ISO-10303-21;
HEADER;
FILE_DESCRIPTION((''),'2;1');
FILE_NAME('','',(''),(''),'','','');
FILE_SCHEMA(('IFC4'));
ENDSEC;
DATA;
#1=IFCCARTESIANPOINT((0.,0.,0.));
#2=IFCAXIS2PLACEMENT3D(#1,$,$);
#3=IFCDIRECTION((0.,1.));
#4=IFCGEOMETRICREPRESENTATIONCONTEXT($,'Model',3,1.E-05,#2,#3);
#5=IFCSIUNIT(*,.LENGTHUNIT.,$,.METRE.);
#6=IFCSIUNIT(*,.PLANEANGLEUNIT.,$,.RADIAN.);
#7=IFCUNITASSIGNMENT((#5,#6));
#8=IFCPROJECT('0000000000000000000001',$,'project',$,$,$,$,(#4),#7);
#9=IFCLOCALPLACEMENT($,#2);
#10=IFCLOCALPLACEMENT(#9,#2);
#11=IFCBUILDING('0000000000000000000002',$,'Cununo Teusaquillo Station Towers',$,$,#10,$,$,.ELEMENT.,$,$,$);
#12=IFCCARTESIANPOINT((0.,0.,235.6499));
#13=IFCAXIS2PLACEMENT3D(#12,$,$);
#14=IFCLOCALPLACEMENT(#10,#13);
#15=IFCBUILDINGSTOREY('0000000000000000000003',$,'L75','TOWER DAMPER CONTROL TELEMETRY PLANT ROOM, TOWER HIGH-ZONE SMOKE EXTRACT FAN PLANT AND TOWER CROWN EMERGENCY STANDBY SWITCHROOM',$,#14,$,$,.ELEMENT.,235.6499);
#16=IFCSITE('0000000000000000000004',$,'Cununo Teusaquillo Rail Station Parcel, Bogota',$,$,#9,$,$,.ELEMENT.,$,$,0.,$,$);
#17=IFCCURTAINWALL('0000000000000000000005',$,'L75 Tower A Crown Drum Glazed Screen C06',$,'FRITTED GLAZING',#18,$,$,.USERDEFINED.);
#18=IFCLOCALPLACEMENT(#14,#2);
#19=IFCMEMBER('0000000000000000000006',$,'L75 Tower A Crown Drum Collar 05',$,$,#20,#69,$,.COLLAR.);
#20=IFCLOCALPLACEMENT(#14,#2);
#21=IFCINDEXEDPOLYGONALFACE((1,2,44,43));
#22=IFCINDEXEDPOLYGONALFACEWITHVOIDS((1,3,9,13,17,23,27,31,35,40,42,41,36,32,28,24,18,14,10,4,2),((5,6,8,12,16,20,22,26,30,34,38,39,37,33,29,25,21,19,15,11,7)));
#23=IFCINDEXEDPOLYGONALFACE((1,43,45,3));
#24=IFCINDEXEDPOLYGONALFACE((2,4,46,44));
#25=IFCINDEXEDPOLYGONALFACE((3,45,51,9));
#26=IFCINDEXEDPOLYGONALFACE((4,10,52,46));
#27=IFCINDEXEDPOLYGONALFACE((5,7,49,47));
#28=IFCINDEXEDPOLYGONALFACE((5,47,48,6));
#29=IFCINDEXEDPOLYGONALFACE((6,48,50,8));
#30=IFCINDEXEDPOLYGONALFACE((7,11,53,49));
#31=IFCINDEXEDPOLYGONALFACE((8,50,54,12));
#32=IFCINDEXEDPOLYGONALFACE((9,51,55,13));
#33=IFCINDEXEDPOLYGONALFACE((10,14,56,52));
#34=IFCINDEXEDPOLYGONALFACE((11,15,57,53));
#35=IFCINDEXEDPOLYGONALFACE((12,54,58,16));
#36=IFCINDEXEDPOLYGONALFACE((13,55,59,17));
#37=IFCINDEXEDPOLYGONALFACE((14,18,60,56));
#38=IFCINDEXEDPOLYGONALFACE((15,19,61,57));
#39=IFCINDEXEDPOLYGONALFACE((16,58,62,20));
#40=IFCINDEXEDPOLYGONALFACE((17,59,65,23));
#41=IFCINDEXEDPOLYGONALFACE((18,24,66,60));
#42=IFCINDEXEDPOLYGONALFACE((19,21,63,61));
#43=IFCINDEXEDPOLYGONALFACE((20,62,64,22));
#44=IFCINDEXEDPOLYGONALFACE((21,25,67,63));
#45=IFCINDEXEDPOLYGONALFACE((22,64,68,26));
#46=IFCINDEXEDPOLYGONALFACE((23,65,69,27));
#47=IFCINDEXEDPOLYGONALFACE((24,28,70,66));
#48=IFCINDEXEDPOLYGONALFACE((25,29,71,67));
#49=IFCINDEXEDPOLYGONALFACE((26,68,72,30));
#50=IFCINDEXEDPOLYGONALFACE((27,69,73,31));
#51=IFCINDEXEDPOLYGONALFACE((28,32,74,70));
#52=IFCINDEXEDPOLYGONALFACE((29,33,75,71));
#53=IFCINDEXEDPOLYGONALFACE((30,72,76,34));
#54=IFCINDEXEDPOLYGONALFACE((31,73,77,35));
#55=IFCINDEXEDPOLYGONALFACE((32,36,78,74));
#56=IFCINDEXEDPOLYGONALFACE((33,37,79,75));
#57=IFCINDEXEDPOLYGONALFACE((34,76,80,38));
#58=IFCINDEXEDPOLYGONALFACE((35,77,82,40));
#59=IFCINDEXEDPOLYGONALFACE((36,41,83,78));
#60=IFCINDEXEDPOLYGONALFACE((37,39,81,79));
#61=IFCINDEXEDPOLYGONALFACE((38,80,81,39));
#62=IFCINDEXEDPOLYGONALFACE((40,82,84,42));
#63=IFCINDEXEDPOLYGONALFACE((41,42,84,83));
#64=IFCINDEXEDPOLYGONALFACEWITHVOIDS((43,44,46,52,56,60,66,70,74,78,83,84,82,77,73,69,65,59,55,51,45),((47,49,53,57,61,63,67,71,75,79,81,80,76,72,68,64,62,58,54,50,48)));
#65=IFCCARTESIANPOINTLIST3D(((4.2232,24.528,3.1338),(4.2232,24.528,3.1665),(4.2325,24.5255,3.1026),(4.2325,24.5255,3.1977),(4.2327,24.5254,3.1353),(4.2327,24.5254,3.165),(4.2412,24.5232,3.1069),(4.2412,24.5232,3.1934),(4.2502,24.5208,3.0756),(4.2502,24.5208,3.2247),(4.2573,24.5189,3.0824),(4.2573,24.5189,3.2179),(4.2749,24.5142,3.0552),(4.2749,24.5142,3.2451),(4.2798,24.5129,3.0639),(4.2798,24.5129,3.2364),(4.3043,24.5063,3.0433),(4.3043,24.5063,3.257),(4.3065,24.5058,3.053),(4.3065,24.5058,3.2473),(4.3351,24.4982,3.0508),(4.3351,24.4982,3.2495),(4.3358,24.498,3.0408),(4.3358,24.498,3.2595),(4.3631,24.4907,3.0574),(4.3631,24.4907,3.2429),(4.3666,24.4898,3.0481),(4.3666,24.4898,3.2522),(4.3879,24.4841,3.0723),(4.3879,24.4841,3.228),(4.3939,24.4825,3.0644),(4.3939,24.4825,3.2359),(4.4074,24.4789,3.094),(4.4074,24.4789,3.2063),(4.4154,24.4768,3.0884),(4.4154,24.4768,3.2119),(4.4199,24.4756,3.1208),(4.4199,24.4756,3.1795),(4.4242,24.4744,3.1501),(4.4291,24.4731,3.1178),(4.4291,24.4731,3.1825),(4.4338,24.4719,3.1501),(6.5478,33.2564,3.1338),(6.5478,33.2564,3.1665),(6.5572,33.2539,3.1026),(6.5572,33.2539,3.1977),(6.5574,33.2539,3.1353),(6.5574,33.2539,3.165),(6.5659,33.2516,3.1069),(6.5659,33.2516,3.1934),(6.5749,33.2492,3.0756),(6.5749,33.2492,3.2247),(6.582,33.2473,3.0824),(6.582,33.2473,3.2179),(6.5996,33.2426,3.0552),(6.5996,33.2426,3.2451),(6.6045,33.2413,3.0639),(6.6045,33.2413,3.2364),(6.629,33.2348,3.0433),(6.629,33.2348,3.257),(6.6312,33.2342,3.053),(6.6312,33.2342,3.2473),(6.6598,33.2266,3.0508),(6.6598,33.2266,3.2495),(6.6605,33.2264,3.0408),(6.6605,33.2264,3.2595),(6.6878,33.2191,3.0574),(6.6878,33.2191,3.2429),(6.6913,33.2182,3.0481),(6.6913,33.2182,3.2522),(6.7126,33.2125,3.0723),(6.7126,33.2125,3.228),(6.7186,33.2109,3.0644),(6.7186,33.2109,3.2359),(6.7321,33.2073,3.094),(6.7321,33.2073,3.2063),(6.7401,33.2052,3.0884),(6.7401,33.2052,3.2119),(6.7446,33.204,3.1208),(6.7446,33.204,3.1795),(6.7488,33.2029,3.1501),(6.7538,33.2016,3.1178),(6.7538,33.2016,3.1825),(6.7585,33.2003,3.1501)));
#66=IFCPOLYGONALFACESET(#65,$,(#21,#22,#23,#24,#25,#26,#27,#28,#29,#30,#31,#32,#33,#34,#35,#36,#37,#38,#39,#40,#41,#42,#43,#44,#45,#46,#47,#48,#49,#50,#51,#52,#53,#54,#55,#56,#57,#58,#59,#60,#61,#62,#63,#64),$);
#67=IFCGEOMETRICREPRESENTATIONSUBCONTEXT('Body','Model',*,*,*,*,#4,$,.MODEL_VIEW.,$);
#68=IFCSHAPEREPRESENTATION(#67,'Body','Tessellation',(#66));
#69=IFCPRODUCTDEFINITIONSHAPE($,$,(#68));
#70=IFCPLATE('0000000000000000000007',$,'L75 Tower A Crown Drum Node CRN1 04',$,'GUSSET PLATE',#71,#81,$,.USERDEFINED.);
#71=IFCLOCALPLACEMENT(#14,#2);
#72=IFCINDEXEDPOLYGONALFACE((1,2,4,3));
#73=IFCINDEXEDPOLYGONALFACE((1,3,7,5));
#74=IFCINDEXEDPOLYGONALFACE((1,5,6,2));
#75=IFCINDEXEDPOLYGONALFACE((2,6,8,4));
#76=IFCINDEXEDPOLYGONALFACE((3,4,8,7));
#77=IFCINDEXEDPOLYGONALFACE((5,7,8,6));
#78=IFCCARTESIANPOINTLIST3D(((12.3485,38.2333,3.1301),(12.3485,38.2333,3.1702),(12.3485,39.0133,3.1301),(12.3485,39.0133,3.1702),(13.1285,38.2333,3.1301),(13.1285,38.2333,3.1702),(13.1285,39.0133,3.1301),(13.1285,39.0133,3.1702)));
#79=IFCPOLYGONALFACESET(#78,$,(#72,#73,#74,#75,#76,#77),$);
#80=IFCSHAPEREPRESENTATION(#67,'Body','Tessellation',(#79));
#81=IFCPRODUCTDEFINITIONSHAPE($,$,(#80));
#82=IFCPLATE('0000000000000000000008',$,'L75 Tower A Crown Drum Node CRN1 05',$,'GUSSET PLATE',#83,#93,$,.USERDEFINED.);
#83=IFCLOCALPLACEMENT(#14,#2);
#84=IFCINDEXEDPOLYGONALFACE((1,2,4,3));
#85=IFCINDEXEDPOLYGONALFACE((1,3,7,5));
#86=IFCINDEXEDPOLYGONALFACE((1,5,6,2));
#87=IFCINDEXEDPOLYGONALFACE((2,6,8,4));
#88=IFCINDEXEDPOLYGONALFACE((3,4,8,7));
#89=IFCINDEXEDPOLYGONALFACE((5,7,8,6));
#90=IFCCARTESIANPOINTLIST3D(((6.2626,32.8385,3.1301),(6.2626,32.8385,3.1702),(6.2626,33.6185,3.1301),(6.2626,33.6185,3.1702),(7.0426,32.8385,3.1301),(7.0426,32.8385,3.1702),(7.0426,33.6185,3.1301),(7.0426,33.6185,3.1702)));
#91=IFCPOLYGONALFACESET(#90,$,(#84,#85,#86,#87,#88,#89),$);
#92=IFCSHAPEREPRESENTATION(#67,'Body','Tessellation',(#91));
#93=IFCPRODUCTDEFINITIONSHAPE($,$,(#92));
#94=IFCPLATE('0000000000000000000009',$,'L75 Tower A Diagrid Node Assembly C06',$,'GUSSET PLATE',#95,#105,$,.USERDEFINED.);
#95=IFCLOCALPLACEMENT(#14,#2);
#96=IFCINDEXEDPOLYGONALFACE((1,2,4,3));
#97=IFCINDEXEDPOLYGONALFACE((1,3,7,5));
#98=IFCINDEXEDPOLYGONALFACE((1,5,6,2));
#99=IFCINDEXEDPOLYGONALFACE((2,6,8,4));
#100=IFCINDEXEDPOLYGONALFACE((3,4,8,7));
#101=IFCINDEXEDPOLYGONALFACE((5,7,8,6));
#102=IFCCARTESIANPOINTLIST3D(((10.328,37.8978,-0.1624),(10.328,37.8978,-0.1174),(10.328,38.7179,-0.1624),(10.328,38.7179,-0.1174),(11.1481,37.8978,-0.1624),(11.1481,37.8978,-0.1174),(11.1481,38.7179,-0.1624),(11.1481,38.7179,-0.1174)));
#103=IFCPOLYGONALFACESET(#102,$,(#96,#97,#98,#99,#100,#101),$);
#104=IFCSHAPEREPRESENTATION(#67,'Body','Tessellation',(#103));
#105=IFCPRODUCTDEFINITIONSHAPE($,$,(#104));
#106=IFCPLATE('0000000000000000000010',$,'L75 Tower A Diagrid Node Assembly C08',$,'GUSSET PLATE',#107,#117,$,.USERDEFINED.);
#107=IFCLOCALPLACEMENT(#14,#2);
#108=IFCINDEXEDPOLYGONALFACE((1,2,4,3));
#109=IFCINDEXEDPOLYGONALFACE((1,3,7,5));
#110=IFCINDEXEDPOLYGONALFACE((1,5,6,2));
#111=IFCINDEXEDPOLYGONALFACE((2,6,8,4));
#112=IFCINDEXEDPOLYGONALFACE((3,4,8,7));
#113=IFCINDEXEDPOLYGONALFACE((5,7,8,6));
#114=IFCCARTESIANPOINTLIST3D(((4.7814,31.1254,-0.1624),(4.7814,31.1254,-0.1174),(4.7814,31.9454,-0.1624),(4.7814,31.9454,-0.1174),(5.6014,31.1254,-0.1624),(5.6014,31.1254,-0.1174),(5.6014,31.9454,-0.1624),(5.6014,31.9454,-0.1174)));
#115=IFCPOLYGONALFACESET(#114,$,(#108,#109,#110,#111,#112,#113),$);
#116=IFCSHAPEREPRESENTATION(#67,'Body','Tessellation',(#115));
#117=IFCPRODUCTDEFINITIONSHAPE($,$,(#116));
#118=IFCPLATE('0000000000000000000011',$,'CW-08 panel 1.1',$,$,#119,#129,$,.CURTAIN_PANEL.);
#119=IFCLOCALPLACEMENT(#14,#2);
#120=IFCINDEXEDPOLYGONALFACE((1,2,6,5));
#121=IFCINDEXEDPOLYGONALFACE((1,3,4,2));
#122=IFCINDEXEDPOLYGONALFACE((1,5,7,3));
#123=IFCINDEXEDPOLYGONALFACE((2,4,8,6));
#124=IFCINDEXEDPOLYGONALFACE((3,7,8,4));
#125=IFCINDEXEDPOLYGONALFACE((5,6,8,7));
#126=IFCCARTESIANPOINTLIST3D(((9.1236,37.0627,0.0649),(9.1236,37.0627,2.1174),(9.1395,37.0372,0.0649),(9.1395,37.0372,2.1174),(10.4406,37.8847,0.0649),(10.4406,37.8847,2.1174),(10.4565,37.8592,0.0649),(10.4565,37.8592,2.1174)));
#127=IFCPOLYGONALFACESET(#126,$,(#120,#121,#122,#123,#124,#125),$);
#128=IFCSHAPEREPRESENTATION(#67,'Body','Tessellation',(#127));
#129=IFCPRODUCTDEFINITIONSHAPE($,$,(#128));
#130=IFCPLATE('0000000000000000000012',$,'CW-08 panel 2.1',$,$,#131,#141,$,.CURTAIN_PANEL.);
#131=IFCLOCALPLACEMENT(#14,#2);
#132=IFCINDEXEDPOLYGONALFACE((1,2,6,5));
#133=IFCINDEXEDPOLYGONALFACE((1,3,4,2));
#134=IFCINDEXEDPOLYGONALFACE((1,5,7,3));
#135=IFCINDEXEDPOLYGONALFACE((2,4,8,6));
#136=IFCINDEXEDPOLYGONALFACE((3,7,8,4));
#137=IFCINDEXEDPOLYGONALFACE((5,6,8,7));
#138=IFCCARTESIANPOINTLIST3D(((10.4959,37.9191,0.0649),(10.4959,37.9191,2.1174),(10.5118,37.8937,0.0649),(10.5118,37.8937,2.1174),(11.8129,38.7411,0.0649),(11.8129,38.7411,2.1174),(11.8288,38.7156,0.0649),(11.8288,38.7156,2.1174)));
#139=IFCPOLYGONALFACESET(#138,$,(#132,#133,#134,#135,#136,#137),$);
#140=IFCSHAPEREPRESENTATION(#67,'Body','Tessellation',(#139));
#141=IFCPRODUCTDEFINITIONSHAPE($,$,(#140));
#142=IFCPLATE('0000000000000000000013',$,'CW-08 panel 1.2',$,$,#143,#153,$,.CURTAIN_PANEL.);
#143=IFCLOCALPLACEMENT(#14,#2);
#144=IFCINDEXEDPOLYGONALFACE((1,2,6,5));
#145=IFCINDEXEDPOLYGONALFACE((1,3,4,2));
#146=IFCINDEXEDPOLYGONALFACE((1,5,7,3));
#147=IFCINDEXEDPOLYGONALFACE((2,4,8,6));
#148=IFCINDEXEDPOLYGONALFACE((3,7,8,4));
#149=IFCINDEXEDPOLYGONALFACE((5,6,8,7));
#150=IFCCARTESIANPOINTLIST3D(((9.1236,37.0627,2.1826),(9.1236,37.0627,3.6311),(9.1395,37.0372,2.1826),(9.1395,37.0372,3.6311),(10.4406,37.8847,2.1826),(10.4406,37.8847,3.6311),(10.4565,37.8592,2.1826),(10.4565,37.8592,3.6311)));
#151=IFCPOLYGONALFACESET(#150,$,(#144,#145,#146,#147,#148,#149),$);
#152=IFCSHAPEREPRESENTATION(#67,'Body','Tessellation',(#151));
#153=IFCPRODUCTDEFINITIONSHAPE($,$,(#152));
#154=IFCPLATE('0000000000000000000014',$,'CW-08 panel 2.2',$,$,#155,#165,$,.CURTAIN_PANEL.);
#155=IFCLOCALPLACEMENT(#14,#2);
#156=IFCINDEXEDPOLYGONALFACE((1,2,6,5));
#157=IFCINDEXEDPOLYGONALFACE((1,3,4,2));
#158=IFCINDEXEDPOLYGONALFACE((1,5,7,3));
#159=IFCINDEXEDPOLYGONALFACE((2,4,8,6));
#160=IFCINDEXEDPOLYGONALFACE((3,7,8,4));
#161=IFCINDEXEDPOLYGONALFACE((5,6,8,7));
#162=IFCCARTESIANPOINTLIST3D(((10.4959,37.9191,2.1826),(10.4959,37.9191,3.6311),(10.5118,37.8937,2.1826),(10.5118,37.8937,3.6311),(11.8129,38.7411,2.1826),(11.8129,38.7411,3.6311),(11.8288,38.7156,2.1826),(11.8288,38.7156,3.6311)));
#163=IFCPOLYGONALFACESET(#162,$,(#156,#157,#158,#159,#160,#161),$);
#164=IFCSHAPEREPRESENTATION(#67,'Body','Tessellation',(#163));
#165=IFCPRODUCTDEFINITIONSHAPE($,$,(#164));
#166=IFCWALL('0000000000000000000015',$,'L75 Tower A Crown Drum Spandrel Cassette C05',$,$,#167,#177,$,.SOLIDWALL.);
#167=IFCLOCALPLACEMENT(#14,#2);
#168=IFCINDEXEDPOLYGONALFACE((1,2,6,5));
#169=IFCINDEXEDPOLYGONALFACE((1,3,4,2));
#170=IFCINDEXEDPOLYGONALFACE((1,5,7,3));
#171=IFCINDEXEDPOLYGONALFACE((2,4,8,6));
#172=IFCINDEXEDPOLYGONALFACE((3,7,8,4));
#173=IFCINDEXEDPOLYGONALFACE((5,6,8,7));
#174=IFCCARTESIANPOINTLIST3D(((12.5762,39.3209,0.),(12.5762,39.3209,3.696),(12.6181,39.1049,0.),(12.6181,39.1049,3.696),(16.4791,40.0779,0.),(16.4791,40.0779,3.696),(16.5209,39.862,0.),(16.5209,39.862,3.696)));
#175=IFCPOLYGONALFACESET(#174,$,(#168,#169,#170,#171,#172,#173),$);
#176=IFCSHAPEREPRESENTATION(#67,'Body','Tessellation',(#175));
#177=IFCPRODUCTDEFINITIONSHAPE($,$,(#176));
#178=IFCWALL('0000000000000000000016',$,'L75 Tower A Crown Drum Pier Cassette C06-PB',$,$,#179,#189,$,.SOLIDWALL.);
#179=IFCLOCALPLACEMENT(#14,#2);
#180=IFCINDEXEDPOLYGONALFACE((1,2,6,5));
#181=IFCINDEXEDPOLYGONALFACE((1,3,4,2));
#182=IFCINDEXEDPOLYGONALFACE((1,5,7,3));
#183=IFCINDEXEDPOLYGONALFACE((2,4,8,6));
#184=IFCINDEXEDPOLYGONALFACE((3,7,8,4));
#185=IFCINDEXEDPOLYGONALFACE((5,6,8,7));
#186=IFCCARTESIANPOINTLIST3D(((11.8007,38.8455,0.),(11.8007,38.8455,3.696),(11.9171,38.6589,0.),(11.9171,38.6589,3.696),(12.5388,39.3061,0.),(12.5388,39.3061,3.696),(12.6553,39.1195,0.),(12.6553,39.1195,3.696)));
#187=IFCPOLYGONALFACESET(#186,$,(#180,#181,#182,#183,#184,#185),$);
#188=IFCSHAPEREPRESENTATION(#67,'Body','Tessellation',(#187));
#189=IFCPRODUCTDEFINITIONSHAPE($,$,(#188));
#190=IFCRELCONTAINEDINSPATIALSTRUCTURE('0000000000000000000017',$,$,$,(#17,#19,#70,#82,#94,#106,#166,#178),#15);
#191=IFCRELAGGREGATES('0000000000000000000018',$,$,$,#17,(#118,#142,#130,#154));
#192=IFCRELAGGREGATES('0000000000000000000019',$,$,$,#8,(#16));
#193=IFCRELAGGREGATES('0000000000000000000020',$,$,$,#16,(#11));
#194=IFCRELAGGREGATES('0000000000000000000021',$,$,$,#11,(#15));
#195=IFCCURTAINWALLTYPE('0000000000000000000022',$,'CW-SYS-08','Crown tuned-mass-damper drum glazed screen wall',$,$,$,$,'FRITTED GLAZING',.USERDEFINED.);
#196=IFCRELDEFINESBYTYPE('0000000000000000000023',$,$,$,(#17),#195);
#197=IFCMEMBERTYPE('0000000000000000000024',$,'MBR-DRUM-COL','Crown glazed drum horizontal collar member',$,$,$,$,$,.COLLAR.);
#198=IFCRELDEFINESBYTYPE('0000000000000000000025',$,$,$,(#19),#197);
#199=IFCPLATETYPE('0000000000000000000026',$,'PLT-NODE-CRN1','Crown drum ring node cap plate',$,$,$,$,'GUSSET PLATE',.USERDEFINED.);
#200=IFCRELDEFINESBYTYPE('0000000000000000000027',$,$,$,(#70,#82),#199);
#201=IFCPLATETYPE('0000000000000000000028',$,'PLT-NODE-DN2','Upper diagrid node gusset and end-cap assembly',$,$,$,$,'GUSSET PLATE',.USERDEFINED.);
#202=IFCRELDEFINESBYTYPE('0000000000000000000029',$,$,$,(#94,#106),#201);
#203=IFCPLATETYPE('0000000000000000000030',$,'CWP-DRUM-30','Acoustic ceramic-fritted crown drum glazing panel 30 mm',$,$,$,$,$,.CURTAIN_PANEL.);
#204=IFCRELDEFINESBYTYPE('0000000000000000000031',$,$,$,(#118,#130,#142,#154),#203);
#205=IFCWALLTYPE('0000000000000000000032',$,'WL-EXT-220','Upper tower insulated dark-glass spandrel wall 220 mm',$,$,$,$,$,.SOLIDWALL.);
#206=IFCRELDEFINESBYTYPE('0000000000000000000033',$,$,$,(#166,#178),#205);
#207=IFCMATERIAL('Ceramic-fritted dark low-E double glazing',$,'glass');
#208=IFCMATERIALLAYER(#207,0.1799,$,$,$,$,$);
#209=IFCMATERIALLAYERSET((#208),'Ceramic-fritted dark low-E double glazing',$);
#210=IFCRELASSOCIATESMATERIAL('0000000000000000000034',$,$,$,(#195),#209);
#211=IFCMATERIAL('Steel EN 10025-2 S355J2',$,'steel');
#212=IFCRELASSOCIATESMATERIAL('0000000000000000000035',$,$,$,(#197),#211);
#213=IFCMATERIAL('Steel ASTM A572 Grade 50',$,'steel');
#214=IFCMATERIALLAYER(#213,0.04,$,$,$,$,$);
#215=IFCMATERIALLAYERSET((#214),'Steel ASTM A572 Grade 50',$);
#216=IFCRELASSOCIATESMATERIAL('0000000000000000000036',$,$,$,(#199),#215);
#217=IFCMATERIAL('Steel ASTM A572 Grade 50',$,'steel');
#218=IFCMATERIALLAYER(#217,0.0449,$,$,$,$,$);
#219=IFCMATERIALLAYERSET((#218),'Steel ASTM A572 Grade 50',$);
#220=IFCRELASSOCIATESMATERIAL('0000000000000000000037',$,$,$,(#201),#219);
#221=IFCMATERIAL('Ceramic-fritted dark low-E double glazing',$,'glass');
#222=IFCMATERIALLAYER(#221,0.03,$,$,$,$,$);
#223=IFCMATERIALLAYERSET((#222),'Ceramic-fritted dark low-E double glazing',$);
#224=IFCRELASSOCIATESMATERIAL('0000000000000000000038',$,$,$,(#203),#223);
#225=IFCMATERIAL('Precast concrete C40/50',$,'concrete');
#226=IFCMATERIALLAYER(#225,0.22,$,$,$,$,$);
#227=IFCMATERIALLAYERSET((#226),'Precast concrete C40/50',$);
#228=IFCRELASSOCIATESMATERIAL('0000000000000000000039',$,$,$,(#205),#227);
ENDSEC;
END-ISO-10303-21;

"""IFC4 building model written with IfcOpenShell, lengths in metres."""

from ifc_helpers import new_model, si_unit, direction, frame, frame_2d, origin, origin_2d, place, context, subcontext, project, spatial, rectangle, hollow_circle, extrude, source, transform, mapped, material, layer, layer_set, material_profile, profile_set, type_object, element, aggregate, save


model = new_model("IFC4")

# Units and contexts
model_context = context("Model", 3, precision=1e-05, world=origin(), true_north=direction((0.0, 1.0)))
body_context = subcontext(model_context, "Body", "Model", "MODEL_VIEW")
ifc_project = project(units=[si_unit("LENGTHUNIT", "METRE"), si_unit("PLANEANGLEUNIT", "RADIAN")], contexts=[model_context])

# Site, building, storey
site_placement = place(None, origin())
site = spatial("IfcSite", under=ifc_project, at=site_placement, Name="Cununo Teusaquillo Rail Station Parcel, Bogota", CompositionType="ELEMENT", RefElevation=0.0)
building_placement = place(site_placement, origin())
building = spatial("IfcBuilding", under=site, at=building_placement, Name="Cununo Teusaquillo Station Towers", CompositionType="ELEMENT")
storey_placement = place(building_placement, frame((0.0, 0.0, 235.6499)))
storey = spatial("IfcBuildingStorey", under=building, at=storey_placement, Name="L75", Description="TOWER DAMPER CONTROL TELEMETRY PLANT ROOM, TOWER HIGH-ZONE SMOKE EXTRACT FAN PLANT AND TOWER CROWN EMERGENCY STANDBY SWITCHROOM", CompositionType="ELEMENT", Elevation=235.6499)

# Curtain wall
ifc_material_1 = material(Name="Ceramic-fritted dark low-E double glazing", Category="glass")
ifc_layer_1 = layer(ifc_material_1, 0.1799)
ifc_layer_set_1 = layer_set([ifc_layer_1], Name="Ceramic-fritted dark low-E double glazing")
curtain_wall_type = type_object("IfcCurtainWallType", Name="CW-SYS-08", Description="Crown tuned-mass-damper drum glazed screen wall", ElementType="FRITTED GLAZING", PredefinedType="USERDEFINED", material=ifc_layer_set_1)
curtain_wall_placement = place(storey_placement, origin())
curtain_wall = element("IfcCurtainWall", 1, at=curtain_wall_placement, inside=storey, type_object=curtain_wall_type, Name="L75 Tower A Crown Drum Glazed Screen C06", ObjectType="FRITTED GLAZING", PredefinedType="USERDEFINED")

# Member
ifc_material_2 = material(Name="Steel EN 10025-2 S355J2", Category="steel")
ifc_material_profile_1 = material_profile(ifc_material_2, hollow_circle(Radius=0.1096, WallThickness=0.01, at=origin_2d()), Name="CHS 219x10")
ifc_profile_set_1 = profile_set([ifc_material_profile_1], Name="Steel EN 10025-2 S355J2")
member_type_1 = type_object("IfcMemberType", Name="MBR-DRUM-COL", Description="Crown glazed drum horizontal collar member", PredefinedType="COLLAR", material=ifc_profile_set_1)
member_1_placement = place(storey_placement, frame((6.6526, 33.2285, 3.1501), z_axis=(-0.257363, -0.966315, 0.0), x_axis=(0.966315, -0.257363, 0.0)))
element("IfcMember", 2, at=member_1_placement, inside=storey, type_object=member_type_1, Name="L75 Tower A Crown Drum Collar 05", PredefinedType="COLLAR", context=body_context, shape_type="SweptSolid", body=[
    extrude(hollow_circle(Radius=0.1096, WallThickness=0.01, at=origin_2d()), origin(), (0.0, 0.0, 1.0), 9.0327),
])

# Plates
ifc_material_3 = material(Name="Steel ASTM A572 Grade 50", Category="steel")
ifc_layer_2 = layer(ifc_material_3, 0.04)
ifc_layer_set_2 = layer_set([ifc_layer_2], Name="Steel ASTM A572 Grade 50")
plate_type_1 = type_object("IfcPlateType", Name="PLT-NODE-CRN1", Description="Crown drum ring node cap plate", ElementType="GUSSET PLATE", PredefinedType="USERDEFINED", material=ifc_layer_set_2)
shared_shape_1 = source(origin(), body_context, "Body", "SweptSolid", [
    extrude(rectangle(XDim=0.78, YDim=0.78, at=origin_2d()), origin(), (0.0, 0.0, 1.0), 0.04),
])
for number, where, z_axis, x_axis, name in (
    (3, (12.7385, 38.6233, 3.1301), (0.0, 0.0, 1.0), (1.0, 0.0, 0.0), "L75 Tower A Crown Drum Node CRN1 04"),
    (4, (6.6526, 33.2285, 3.1301), (0.0, 0.0, 1.0), (1.0, 0.0, 0.0), "L75 Tower A Crown Drum Node CRN1 05"),
):
    element("IfcPlate", number, at=place(storey_placement, frame(where, z_axis=z_axis, x_axis=x_axis)), inside=storey, type_object=plate_type_1, Name=name, ObjectType="GUSSET PLATE", PredefinedType="USERDEFINED", context=body_context, shape_type="MappedRepresentation", body=[
        mapped(shared_shape_1, transform((0.0, 0.0, 0.0), x_axis=(1.0, 0.0, 0.0), y_axis=(0.0, 1.0, 0.0), z_axis=(0.0, 0.0, 1.0), scale=1.0)),
    ])
ifc_material_4 = material(Name="Steel ASTM A572 Grade 50", Category="steel")
ifc_layer_3 = layer(ifc_material_4, 0.0449)
ifc_layer_set_3 = layer_set([ifc_layer_3], Name="Steel ASTM A572 Grade 50")
plate_type_2 = type_object("IfcPlateType", Name="PLT-NODE-DN2", Description="Upper diagrid node gusset and end-cap assembly", ElementType="GUSSET PLATE", PredefinedType="USERDEFINED", material=ifc_layer_set_3)
shared_shape_2 = source(origin(), body_context, "Body", "SweptSolid", [
    extrude(rectangle(XDim=0.8201, YDim=0.8201, at=origin_2d()), origin(), (0.0, 0.0, 1.0), 0.0449),
])
for number, where, z_axis, x_axis, name in (
    (5, (10.738, 38.3079, -0.1624), (0.0, 0.0, 1.0), (1.0, 0.0, 0.0), "L75 Tower A Diagrid Node Assembly C06"),
    (6, (5.1914, 31.5354, -0.1624), (0.0, 0.0, 1.0), (1.0, 0.0, 0.0), "L75 Tower A Diagrid Node Assembly C08"),
):
    element("IfcPlate", number, at=place(storey_placement, frame(where, z_axis=z_axis, x_axis=x_axis)), inside=storey, type_object=plate_type_2, Name=name, ObjectType="GUSSET PLATE", PredefinedType="USERDEFINED", context=body_context, shape_type="MappedRepresentation", body=[
        mapped(shared_shape_2, transform((0.0, 0.0, 0.0), x_axis=(1.0, 0.0, 0.0), y_axis=(0.0, 1.0, 0.0), z_axis=(0.0, 0.0, 1.0), scale=1.0)),
    ])

# Plates
ifc_material_5 = material(Name="Ceramic-fritted dark low-E double glazing", Category="glass")
ifc_layer_4 = layer(ifc_material_5, 0.03)
ifc_layer_set_4 = layer_set([ifc_layer_4], Name="Ceramic-fritted dark low-E double glazing")
plate_type_3 = type_object("IfcPlateType", Name="CWP-DRUM-30", Description="Acoustic ceramic-fritted crown drum glazing panel 30 mm", PredefinedType="CURTAIN_PANEL", material=ifc_layer_set_4)
shared_shape_3 = source(origin(), body_context, "Body", "SweptSolid", [
    extrude(rectangle(XDim=1.5525, YDim=0.03, at=origin_2d()), origin(), (0.0, 0.0, 1.0), 2.0525),
])
plate_1_placement = place(storey_placement, frame((9.79, 37.4609, 0.0649), z_axis=(0.0, 0.0, 1.0), x_axis=(0.84834, 0.529451, 0.0)))
plate_1 = element("IfcPlate", 7, at=plate_1_placement, type_object=plate_type_3, Name="CW-08 panel 1.1", PredefinedType="CURTAIN_PANEL", context=body_context, shape_type="MappedRepresentation", body=[
    mapped(shared_shape_3, transform((0.0, 0.0, 0.0), x_axis=(1.0, 0.0, 0.0), y_axis=(0.0, 1.0, 0.0), z_axis=(0.0, 0.0, 1.0), scale=1.0)),
])
plate_2_placement = place(storey_placement, frame((11.1624, 38.3174, 0.0649), z_axis=(0.0, 0.0, 1.0), x_axis=(0.84834, 0.529451, 0.0)))
plate_2 = element("IfcPlate", 8, at=plate_2_placement, type_object=plate_type_3, Name="CW-08 panel 2.1", PredefinedType="CURTAIN_PANEL", context=body_context, shape_type="MappedRepresentation", body=[
    mapped(shared_shape_3, transform((0.0, 0.0, 0.0), x_axis=(1.0, 0.0, 0.0), y_axis=(0.0, 1.0, 0.0), z_axis=(0.0, 0.0, 1.0), scale=1.0)),
])
shared_shape_4 = source(origin(), body_context, "Body", "SweptSolid", [
    extrude(rectangle(XDim=1.5525, YDim=0.03, at=origin_2d()), origin(), (0.0, 0.0, 1.0), 1.4485),
])
plate_3_placement = place(storey_placement, frame((9.79, 37.4609, 2.1826), z_axis=(0.0, 0.0, 1.0), x_axis=(0.84834, 0.529451, 0.0)))
plate_3 = element("IfcPlate", 9, at=plate_3_placement, type_object=plate_type_3, Name="CW-08 panel 1.2", PredefinedType="CURTAIN_PANEL", context=body_context, shape_type="MappedRepresentation", body=[
    mapped(shared_shape_4, transform((0.0, 0.0, 0.0), x_axis=(1.0, 0.0, 0.0), y_axis=(0.0, 1.0, 0.0), z_axis=(0.0, 0.0, 1.0), scale=1.0)),
])
plate_4_placement = place(storey_placement, frame((11.1624, 38.3174, 2.1826), z_axis=(0.0, 0.0, 1.0), x_axis=(0.84834, 0.529451, 0.0)))
plate_4 = element("IfcPlate", 10, at=plate_4_placement, type_object=plate_type_3, Name="CW-08 panel 2.2", PredefinedType="CURTAIN_PANEL", context=body_context, shape_type="MappedRepresentation", body=[
    mapped(shared_shape_4, transform((0.0, 0.0, 0.0), x_axis=(1.0, 0.0, 0.0), y_axis=(0.0, 1.0, 0.0), z_axis=(0.0, 0.0, 1.0), scale=1.0)),
])
aggregate(curtain_wall, [plate_1, plate_3, plate_2, plate_4])

# Walls
ifc_material_6 = material(Name="Precast concrete C40/50", Category="concrete")
ifc_layer_5 = layer(ifc_material_6, 0.22)
ifc_layer_set_5 = layer_set([ifc_layer_5], Name="Precast concrete C40/50")
wall_type = type_object("IfcWallType", Name="WL-EXT-220", Description="Upper tower insulated dark-glass spandrel wall 220 mm", PredefinedType="SOLIDWALL", material=ifc_layer_set_5)
wall_1_placement = place(storey_placement, frame((12.5972, 39.2129, 0.0), z_axis=(0.0, 0.0, 1.0), x_axis=(0.9817, 0.190432, 0.0)))
element("IfcWall", 11, at=wall_1_placement, inside=storey, type_object=wall_type, Name="L75 Tower A Crown Drum Spandrel Cassette C05", PredefinedType="SOLIDWALL", context=body_context, shape_type="SweptSolid", body=[
    extrude(rectangle(XDim=3.9756, YDim=0.22, at=frame_2d((1.9878, 0.0))), origin(), (0.0, 0.0, 1.0), 3.696),
])
wall_2_placement = place(storey_placement, frame((11.8589, 38.7522, 0.0), z_axis=(0.0, 0.0, 1.0), x_axis=(0.848376, 0.529394, 0.0)))
element("IfcWall", 12, at=wall_2_placement, inside=storey, type_object=wall_type, Name="L75 Tower A Crown Drum Pier Cassette C06-PB", PredefinedType="SOLIDWALL", context=body_context, shape_type="SweptSolid", body=[
    extrude(rectangle(XDim=0.8701, YDim=0.22, at=frame_2d((0.4351, 0.0))), origin(), (0.0, 0.0, 1.0), 3.696),
])

save(model, "model.ifc")
